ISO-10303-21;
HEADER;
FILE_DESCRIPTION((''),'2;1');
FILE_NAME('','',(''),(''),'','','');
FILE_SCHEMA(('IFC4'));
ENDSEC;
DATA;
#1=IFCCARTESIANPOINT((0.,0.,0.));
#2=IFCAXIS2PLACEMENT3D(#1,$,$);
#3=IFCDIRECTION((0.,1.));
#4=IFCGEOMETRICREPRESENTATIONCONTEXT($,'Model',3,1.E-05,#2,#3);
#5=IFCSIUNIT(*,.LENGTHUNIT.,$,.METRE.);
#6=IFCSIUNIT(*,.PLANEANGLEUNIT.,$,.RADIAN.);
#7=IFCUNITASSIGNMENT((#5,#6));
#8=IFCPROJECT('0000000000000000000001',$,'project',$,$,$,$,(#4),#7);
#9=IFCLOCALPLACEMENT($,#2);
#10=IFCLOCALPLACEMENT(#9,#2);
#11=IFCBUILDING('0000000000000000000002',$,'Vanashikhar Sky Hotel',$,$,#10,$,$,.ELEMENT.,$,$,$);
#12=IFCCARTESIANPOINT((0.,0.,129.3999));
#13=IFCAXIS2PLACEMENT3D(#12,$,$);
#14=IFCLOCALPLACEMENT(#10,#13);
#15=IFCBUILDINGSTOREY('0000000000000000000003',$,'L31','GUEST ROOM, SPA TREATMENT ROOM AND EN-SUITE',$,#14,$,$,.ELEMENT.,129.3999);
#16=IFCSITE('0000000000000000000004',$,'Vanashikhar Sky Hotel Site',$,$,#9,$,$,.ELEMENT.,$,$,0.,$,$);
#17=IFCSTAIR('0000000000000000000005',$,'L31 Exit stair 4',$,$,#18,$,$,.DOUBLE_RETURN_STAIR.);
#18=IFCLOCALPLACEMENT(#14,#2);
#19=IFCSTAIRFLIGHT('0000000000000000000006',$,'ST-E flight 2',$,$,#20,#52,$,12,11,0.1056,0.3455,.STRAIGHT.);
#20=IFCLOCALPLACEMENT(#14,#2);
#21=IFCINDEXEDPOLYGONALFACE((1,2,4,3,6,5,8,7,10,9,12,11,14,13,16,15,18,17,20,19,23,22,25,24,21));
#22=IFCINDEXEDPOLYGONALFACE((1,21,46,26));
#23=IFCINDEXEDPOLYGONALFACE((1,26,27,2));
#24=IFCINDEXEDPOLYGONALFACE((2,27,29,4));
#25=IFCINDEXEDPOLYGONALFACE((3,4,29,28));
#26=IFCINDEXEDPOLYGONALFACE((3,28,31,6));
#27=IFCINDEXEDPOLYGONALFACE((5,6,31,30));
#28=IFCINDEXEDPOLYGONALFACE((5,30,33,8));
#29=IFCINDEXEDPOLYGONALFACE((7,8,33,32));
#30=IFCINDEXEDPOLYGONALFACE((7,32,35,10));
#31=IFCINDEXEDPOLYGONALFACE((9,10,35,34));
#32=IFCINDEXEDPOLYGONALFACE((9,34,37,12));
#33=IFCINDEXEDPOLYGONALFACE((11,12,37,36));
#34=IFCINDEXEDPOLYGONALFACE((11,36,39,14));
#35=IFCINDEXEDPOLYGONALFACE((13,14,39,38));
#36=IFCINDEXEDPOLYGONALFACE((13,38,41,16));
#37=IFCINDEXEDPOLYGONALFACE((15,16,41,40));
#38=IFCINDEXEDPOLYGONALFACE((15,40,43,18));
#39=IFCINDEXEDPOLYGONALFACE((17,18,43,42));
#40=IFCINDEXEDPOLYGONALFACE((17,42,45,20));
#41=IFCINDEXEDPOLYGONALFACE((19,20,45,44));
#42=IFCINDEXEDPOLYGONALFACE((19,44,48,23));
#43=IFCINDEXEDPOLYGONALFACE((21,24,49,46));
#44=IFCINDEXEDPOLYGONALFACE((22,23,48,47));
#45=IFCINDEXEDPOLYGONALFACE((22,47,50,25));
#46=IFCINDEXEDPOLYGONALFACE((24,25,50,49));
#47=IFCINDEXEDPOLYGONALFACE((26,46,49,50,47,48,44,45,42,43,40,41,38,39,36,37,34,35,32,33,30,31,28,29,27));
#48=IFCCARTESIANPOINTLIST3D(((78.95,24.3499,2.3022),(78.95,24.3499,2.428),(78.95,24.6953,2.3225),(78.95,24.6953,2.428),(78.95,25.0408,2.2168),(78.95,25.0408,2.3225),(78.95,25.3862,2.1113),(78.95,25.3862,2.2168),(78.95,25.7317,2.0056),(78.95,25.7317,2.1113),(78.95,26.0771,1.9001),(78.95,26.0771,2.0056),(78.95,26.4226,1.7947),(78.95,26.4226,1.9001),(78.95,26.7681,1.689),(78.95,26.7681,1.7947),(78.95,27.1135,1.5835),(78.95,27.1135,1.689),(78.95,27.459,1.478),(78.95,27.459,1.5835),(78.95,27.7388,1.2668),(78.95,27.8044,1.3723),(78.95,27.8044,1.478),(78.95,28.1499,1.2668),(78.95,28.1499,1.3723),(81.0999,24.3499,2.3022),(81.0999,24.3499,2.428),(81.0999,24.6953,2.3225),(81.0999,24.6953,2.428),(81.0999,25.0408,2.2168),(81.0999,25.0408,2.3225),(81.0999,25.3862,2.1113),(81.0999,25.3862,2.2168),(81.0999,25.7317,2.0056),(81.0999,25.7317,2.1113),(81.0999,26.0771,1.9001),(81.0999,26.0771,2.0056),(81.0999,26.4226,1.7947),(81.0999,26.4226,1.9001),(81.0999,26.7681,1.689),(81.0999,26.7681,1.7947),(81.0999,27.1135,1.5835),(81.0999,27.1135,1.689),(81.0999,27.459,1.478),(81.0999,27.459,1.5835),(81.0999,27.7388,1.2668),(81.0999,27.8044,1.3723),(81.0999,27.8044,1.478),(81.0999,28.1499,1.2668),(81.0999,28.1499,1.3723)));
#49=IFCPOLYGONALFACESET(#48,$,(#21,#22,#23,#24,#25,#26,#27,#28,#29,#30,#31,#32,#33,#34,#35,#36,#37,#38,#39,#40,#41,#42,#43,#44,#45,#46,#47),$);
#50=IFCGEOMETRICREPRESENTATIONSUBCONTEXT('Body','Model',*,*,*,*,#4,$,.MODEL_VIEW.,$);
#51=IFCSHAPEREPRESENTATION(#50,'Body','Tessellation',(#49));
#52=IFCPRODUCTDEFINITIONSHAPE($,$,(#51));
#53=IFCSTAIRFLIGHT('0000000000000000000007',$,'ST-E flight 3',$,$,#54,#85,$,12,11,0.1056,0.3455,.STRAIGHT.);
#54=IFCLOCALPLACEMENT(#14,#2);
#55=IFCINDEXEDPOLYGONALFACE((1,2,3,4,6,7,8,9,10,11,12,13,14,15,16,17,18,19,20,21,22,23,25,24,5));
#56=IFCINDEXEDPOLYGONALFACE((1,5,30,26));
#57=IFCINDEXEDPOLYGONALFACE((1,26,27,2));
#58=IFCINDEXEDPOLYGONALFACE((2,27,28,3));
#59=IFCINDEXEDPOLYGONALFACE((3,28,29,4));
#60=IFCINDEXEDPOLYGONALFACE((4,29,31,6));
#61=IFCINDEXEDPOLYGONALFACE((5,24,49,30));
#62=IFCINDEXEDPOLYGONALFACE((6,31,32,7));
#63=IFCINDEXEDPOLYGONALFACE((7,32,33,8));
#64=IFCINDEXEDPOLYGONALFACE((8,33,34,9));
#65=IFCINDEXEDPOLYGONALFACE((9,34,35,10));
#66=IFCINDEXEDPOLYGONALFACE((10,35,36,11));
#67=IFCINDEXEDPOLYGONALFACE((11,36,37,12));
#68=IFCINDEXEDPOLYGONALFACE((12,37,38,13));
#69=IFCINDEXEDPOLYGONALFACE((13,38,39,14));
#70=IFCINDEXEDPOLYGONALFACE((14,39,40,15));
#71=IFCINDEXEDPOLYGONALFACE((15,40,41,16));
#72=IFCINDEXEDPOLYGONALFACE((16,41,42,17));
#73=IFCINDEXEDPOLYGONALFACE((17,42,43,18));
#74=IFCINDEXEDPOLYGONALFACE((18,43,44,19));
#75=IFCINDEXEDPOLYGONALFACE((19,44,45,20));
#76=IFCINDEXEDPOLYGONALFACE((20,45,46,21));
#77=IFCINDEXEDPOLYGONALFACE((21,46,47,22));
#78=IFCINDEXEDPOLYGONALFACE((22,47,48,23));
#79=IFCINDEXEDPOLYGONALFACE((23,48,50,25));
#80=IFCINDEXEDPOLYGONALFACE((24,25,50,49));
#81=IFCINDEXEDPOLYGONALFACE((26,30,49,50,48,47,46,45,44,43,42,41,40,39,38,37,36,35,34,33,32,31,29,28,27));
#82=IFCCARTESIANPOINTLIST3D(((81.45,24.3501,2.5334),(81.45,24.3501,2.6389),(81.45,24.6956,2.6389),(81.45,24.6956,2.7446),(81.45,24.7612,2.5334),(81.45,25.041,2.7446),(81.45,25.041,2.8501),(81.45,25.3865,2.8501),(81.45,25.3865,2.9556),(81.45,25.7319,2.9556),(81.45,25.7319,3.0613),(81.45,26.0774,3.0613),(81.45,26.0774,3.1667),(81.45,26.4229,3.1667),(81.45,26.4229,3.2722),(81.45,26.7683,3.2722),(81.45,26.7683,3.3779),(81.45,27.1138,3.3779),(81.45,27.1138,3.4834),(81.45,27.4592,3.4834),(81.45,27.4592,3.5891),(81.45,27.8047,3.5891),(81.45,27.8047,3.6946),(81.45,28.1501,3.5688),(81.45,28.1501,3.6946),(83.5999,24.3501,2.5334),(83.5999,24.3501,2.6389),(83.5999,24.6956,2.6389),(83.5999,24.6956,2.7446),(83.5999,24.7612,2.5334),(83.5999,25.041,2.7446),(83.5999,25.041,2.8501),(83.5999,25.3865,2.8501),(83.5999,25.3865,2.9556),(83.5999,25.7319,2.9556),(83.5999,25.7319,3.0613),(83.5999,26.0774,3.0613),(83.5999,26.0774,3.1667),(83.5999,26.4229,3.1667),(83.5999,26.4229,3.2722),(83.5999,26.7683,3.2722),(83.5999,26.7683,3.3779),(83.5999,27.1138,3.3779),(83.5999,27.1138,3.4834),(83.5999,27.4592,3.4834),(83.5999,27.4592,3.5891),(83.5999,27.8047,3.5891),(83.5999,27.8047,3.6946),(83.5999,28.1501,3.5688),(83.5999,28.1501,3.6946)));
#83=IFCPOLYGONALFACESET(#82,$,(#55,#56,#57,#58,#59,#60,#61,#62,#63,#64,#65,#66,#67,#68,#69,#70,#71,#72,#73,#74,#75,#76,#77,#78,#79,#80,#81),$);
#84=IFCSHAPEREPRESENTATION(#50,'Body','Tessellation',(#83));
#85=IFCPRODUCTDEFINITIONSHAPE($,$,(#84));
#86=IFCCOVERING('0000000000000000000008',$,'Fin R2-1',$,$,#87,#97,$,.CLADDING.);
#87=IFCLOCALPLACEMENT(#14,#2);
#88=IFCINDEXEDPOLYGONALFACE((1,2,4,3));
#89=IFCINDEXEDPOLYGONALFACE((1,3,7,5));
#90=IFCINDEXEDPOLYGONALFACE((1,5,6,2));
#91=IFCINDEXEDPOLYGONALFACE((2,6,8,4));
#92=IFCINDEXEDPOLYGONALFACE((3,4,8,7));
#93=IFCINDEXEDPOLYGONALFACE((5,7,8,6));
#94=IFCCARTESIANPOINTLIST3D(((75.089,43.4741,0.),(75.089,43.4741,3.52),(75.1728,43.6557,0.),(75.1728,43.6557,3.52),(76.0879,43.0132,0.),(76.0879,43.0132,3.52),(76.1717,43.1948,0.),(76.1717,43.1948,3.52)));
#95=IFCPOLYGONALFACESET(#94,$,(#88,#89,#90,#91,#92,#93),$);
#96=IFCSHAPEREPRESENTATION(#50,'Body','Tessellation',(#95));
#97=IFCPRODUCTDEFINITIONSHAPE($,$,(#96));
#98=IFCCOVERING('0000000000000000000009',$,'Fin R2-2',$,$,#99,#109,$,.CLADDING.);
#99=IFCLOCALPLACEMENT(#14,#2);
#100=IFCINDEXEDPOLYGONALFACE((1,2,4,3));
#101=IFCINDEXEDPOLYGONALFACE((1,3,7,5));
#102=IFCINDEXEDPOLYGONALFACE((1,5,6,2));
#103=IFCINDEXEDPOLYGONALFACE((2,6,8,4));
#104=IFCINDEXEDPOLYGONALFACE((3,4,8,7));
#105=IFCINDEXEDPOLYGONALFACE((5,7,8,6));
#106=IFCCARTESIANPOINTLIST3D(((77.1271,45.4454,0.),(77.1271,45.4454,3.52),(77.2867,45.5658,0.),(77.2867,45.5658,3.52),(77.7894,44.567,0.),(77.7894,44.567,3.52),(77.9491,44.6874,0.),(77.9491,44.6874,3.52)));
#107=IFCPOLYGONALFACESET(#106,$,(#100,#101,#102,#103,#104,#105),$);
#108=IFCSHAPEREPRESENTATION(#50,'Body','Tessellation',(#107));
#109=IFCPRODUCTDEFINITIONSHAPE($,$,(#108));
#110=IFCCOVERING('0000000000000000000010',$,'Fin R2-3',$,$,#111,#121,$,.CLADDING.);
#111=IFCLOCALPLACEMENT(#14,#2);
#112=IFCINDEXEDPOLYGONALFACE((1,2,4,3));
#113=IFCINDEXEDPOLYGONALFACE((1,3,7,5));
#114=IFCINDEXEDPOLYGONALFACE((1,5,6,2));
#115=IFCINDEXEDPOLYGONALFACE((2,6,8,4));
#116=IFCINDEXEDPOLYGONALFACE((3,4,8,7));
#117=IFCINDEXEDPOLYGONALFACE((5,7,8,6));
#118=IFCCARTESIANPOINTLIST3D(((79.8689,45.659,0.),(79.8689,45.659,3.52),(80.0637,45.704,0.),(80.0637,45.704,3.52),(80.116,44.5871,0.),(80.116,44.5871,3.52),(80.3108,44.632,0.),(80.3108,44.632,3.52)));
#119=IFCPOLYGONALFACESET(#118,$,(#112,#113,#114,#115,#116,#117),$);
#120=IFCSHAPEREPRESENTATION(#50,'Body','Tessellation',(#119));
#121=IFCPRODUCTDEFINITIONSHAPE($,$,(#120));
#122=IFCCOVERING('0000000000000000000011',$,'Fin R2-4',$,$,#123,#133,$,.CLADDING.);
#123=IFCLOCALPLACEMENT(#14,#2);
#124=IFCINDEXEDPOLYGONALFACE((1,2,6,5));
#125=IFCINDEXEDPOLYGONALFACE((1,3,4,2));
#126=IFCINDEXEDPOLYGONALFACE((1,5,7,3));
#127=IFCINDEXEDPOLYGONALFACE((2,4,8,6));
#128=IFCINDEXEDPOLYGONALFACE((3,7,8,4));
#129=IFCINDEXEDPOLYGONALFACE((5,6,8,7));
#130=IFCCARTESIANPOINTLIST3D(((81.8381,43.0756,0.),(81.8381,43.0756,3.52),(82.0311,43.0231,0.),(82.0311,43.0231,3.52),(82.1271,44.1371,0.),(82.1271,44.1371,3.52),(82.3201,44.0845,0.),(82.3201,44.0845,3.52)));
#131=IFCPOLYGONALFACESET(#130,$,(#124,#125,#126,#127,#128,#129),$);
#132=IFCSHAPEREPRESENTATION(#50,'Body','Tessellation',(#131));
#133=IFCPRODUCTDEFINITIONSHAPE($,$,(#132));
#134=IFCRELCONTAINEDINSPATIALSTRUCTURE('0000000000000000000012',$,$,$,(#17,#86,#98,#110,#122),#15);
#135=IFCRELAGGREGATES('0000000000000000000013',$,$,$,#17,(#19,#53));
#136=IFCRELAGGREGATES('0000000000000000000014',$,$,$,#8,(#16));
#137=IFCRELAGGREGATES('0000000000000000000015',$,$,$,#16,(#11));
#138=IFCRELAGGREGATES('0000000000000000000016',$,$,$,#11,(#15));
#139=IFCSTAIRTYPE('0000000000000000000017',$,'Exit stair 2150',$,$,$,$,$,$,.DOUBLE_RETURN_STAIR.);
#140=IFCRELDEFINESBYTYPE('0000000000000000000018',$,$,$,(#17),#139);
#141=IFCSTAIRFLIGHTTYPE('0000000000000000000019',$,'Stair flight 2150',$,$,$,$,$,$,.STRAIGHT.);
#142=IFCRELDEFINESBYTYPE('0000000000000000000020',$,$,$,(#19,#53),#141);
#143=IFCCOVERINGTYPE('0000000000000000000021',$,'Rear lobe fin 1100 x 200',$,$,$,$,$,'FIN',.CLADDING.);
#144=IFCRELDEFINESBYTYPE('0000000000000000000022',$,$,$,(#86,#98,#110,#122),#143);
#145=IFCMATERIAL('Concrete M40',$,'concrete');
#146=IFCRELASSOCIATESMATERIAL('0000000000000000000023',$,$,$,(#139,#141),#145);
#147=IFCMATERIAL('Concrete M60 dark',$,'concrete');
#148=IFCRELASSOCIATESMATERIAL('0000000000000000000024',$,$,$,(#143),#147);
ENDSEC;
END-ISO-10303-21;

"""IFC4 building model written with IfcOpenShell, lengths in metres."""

from ifc_helpers import new_model, si_unit, direction, frame, origin, origin_2d, place, context, subcontext, project, spatial, polyline, rectangle, outline, extrude, source, transform, mapped, material, material_profile, profile_set, type_object, element, aggregate, save


model = new_model("IFC4")

# Units and contexts
model_context = context("Model", 3, precision=1e-05, world=origin(), true_north=direction((0.0, 1.0)))
body_context = subcontext(model_context, "Body", "Model", "MODEL_VIEW")
ifc_project = project(units=[si_unit("LENGTHUNIT", "METRE"), si_unit("PLANEANGLEUNIT", "RADIAN")], contexts=[model_context])

# Site, building, storey
site_placement = place(None, origin())
site = spatial("IfcSite", under=ifc_project, at=site_placement, Name="Vanashikhar Sky Hotel Site", CompositionType="ELEMENT", RefElevation=0.0)
building_placement = place(site_placement, origin())
building = spatial("IfcBuilding", under=site, at=building_placement, Name="Vanashikhar Sky Hotel", CompositionType="ELEMENT")
storey_placement = place(building_placement, frame((0.0, 0.0, 129.3999)))
storey = spatial("IfcBuildingStorey", under=building, at=storey_placement, Name="L31", Description="GUEST ROOM, SPA TREATMENT ROOM AND EN-SUITE", CompositionType="ELEMENT", Elevation=129.3999)

# Shared definitions
ifc_material_1 = material(Name="Concrete M40", Category="concrete")

# Stair, stair flights
stair_type = type_object("IfcStairType", Name="Exit stair 2150", PredefinedType="DOUBLE_RETURN_STAIR", material=ifc_material_1)
stair_placement = place(storey_placement, origin())
stair = element("IfcStair", 1, at=stair_placement, inside=storey, type_object=stair_type, Name="L31 Exit stair 4", PredefinedType="DOUBLE_RETURN_STAIR")
stair_flight_type = type_object("IfcStairFlightType", Name="Stair flight 2150", PredefinedType="STRAIGHT", material=ifc_material_1)
shared_shape_1 = source(origin(), body_context, "Body", "SweptSolid", [
    extrude(outline(polyline([(0.0, 0.0), (0.0, 0.1055), (0.3455, 0.1055), (0.3455, 0.2112), (0.6909, 0.2112), (0.6909, 0.3167), (1.0364, 0.3167), (1.0364, 0.4221), (1.3818, 0.4221), (1.3818, 0.5278), (1.7273, 0.5278), (1.7273, 0.6333), (2.0728, 0.6333), (2.0728, 0.7388), (2.4182, 0.7388), (2.4182, 0.8445), (2.7637, 0.8445), (2.7637, 0.95), (3.1091, 0.95), (3.1091, 1.0557), (3.4546, 1.0557), (3.4546, 1.1611), (3.8, 1.1611), (3.8, 1.2666), (3.8, 1.0354), (0.4111, 0.0), (0.0, 0.0)])), frame((0.0, 1.075, 0.0), z_axis=(0.0, -1.0, 0.0), x_axis=(1.0, 0.0, 0.0)), (0.0, 0.0, 1.0), 2.1499),
])
stair_flight_1_placement = place(storey_placement, frame((80.0249, 28.1499, 1.2668), z_axis=(0.0, 0.0, 1.0), x_axis=(0.0, -1.0, 0.0)))
stair_flight_1 = element("IfcStairFlight", 2, at=stair_flight_1_placement, type_object=stair_flight_type, Name="ST-E flight 2", NumberOfRisers=12, NumberOfTreads=11, PredefinedType="STRAIGHT", RiserHeight=0.1056, TreadLength=0.3455, context=body_context, shape_type="MappedRepresentation", body=[
    mapped(shared_shape_1, transform((0.0, 0.0, 0.0), scale=1.0)),
])
stair_flight_2_placement = place(storey_placement, frame((82.5249, 24.3501, 2.5334), z_axis=(0.0, 0.0, 1.0), x_axis=(0.0, 1.0, 0.0)))
stair_flight_2 = element("IfcStairFlight", 3, at=stair_flight_2_placement, type_object=stair_flight_type, Name="ST-E flight 3", NumberOfRisers=12, NumberOfTreads=11, PredefinedType="STRAIGHT", RiserHeight=0.1056, TreadLength=0.3455, context=body_context, shape_type="MappedRepresentation", body=[
    mapped(shared_shape_1, transform((0.0, 0.0, 0.0), scale=1.0)),
])
aggregate(stair, [stair_flight_1, stair_flight_2])

# Coverings
ifc_material_2 = material(Name="Concrete M60 dark", Category="concrete")
ifc_material_profile_1 = material_profile(ifc_material_2, rectangle(XDim=1.1001, YDim=0.2, at=origin_2d()))
ifc_profile_set_1 = profile_set([ifc_material_profile_1], Name="Rear lobe fin 1100 x 200")
covering_type = type_object("IfcCoveringType", Name="Rear lobe fin 1100 x 200", ElementType="FIN", PredefinedType="CLADDING", material=ifc_profile_set_1)
shared_shape_2 = source(origin(), body_context, "Body", "SweptSolid", [
    extrude(rectangle(XDim=1.1001, YDim=0.2, at=origin_2d()), origin(), (0.0, 0.0, 1.0), 3.52),
])
for number, where, z_axis, x_axis, name in (
    (4, (75.6304, 43.3345, 0.0), (0.0, 0.0, 1.0), (-0.908004, 0.418961, 0.0), "Fin R2-1"),
    (5, (77.5381, 45.0664, 0.0), (0.0, 0.0, 1.0), (-0.602066, 0.798446, 0.0), "Fin R2-2"),
    (6, (80.0898, 45.1455, 0.0), (0.0, 0.0, 1.0), (-0.224645, 0.974441, 0.0), "Fin R2-3"),
    (7, (82.0791, 43.5801, 0.0), (0.0, 0.0, 1.0), (0.262711, 0.964874, 0.0), "Fin R2-4"),
):
    element("IfcCovering", number, at=place(storey_placement, frame(where, z_axis=z_axis, x_axis=x_axis)), inside=storey, type_object=covering_type, Name=name, PredefinedType="CLADDING", context=body_context, shape_type="MappedRepresentation", body=[
        mapped(shared_shape_2, transform((0.0, 0.0, 0.0), scale=1.0)),
    ])

save(model, "model.ifc")
